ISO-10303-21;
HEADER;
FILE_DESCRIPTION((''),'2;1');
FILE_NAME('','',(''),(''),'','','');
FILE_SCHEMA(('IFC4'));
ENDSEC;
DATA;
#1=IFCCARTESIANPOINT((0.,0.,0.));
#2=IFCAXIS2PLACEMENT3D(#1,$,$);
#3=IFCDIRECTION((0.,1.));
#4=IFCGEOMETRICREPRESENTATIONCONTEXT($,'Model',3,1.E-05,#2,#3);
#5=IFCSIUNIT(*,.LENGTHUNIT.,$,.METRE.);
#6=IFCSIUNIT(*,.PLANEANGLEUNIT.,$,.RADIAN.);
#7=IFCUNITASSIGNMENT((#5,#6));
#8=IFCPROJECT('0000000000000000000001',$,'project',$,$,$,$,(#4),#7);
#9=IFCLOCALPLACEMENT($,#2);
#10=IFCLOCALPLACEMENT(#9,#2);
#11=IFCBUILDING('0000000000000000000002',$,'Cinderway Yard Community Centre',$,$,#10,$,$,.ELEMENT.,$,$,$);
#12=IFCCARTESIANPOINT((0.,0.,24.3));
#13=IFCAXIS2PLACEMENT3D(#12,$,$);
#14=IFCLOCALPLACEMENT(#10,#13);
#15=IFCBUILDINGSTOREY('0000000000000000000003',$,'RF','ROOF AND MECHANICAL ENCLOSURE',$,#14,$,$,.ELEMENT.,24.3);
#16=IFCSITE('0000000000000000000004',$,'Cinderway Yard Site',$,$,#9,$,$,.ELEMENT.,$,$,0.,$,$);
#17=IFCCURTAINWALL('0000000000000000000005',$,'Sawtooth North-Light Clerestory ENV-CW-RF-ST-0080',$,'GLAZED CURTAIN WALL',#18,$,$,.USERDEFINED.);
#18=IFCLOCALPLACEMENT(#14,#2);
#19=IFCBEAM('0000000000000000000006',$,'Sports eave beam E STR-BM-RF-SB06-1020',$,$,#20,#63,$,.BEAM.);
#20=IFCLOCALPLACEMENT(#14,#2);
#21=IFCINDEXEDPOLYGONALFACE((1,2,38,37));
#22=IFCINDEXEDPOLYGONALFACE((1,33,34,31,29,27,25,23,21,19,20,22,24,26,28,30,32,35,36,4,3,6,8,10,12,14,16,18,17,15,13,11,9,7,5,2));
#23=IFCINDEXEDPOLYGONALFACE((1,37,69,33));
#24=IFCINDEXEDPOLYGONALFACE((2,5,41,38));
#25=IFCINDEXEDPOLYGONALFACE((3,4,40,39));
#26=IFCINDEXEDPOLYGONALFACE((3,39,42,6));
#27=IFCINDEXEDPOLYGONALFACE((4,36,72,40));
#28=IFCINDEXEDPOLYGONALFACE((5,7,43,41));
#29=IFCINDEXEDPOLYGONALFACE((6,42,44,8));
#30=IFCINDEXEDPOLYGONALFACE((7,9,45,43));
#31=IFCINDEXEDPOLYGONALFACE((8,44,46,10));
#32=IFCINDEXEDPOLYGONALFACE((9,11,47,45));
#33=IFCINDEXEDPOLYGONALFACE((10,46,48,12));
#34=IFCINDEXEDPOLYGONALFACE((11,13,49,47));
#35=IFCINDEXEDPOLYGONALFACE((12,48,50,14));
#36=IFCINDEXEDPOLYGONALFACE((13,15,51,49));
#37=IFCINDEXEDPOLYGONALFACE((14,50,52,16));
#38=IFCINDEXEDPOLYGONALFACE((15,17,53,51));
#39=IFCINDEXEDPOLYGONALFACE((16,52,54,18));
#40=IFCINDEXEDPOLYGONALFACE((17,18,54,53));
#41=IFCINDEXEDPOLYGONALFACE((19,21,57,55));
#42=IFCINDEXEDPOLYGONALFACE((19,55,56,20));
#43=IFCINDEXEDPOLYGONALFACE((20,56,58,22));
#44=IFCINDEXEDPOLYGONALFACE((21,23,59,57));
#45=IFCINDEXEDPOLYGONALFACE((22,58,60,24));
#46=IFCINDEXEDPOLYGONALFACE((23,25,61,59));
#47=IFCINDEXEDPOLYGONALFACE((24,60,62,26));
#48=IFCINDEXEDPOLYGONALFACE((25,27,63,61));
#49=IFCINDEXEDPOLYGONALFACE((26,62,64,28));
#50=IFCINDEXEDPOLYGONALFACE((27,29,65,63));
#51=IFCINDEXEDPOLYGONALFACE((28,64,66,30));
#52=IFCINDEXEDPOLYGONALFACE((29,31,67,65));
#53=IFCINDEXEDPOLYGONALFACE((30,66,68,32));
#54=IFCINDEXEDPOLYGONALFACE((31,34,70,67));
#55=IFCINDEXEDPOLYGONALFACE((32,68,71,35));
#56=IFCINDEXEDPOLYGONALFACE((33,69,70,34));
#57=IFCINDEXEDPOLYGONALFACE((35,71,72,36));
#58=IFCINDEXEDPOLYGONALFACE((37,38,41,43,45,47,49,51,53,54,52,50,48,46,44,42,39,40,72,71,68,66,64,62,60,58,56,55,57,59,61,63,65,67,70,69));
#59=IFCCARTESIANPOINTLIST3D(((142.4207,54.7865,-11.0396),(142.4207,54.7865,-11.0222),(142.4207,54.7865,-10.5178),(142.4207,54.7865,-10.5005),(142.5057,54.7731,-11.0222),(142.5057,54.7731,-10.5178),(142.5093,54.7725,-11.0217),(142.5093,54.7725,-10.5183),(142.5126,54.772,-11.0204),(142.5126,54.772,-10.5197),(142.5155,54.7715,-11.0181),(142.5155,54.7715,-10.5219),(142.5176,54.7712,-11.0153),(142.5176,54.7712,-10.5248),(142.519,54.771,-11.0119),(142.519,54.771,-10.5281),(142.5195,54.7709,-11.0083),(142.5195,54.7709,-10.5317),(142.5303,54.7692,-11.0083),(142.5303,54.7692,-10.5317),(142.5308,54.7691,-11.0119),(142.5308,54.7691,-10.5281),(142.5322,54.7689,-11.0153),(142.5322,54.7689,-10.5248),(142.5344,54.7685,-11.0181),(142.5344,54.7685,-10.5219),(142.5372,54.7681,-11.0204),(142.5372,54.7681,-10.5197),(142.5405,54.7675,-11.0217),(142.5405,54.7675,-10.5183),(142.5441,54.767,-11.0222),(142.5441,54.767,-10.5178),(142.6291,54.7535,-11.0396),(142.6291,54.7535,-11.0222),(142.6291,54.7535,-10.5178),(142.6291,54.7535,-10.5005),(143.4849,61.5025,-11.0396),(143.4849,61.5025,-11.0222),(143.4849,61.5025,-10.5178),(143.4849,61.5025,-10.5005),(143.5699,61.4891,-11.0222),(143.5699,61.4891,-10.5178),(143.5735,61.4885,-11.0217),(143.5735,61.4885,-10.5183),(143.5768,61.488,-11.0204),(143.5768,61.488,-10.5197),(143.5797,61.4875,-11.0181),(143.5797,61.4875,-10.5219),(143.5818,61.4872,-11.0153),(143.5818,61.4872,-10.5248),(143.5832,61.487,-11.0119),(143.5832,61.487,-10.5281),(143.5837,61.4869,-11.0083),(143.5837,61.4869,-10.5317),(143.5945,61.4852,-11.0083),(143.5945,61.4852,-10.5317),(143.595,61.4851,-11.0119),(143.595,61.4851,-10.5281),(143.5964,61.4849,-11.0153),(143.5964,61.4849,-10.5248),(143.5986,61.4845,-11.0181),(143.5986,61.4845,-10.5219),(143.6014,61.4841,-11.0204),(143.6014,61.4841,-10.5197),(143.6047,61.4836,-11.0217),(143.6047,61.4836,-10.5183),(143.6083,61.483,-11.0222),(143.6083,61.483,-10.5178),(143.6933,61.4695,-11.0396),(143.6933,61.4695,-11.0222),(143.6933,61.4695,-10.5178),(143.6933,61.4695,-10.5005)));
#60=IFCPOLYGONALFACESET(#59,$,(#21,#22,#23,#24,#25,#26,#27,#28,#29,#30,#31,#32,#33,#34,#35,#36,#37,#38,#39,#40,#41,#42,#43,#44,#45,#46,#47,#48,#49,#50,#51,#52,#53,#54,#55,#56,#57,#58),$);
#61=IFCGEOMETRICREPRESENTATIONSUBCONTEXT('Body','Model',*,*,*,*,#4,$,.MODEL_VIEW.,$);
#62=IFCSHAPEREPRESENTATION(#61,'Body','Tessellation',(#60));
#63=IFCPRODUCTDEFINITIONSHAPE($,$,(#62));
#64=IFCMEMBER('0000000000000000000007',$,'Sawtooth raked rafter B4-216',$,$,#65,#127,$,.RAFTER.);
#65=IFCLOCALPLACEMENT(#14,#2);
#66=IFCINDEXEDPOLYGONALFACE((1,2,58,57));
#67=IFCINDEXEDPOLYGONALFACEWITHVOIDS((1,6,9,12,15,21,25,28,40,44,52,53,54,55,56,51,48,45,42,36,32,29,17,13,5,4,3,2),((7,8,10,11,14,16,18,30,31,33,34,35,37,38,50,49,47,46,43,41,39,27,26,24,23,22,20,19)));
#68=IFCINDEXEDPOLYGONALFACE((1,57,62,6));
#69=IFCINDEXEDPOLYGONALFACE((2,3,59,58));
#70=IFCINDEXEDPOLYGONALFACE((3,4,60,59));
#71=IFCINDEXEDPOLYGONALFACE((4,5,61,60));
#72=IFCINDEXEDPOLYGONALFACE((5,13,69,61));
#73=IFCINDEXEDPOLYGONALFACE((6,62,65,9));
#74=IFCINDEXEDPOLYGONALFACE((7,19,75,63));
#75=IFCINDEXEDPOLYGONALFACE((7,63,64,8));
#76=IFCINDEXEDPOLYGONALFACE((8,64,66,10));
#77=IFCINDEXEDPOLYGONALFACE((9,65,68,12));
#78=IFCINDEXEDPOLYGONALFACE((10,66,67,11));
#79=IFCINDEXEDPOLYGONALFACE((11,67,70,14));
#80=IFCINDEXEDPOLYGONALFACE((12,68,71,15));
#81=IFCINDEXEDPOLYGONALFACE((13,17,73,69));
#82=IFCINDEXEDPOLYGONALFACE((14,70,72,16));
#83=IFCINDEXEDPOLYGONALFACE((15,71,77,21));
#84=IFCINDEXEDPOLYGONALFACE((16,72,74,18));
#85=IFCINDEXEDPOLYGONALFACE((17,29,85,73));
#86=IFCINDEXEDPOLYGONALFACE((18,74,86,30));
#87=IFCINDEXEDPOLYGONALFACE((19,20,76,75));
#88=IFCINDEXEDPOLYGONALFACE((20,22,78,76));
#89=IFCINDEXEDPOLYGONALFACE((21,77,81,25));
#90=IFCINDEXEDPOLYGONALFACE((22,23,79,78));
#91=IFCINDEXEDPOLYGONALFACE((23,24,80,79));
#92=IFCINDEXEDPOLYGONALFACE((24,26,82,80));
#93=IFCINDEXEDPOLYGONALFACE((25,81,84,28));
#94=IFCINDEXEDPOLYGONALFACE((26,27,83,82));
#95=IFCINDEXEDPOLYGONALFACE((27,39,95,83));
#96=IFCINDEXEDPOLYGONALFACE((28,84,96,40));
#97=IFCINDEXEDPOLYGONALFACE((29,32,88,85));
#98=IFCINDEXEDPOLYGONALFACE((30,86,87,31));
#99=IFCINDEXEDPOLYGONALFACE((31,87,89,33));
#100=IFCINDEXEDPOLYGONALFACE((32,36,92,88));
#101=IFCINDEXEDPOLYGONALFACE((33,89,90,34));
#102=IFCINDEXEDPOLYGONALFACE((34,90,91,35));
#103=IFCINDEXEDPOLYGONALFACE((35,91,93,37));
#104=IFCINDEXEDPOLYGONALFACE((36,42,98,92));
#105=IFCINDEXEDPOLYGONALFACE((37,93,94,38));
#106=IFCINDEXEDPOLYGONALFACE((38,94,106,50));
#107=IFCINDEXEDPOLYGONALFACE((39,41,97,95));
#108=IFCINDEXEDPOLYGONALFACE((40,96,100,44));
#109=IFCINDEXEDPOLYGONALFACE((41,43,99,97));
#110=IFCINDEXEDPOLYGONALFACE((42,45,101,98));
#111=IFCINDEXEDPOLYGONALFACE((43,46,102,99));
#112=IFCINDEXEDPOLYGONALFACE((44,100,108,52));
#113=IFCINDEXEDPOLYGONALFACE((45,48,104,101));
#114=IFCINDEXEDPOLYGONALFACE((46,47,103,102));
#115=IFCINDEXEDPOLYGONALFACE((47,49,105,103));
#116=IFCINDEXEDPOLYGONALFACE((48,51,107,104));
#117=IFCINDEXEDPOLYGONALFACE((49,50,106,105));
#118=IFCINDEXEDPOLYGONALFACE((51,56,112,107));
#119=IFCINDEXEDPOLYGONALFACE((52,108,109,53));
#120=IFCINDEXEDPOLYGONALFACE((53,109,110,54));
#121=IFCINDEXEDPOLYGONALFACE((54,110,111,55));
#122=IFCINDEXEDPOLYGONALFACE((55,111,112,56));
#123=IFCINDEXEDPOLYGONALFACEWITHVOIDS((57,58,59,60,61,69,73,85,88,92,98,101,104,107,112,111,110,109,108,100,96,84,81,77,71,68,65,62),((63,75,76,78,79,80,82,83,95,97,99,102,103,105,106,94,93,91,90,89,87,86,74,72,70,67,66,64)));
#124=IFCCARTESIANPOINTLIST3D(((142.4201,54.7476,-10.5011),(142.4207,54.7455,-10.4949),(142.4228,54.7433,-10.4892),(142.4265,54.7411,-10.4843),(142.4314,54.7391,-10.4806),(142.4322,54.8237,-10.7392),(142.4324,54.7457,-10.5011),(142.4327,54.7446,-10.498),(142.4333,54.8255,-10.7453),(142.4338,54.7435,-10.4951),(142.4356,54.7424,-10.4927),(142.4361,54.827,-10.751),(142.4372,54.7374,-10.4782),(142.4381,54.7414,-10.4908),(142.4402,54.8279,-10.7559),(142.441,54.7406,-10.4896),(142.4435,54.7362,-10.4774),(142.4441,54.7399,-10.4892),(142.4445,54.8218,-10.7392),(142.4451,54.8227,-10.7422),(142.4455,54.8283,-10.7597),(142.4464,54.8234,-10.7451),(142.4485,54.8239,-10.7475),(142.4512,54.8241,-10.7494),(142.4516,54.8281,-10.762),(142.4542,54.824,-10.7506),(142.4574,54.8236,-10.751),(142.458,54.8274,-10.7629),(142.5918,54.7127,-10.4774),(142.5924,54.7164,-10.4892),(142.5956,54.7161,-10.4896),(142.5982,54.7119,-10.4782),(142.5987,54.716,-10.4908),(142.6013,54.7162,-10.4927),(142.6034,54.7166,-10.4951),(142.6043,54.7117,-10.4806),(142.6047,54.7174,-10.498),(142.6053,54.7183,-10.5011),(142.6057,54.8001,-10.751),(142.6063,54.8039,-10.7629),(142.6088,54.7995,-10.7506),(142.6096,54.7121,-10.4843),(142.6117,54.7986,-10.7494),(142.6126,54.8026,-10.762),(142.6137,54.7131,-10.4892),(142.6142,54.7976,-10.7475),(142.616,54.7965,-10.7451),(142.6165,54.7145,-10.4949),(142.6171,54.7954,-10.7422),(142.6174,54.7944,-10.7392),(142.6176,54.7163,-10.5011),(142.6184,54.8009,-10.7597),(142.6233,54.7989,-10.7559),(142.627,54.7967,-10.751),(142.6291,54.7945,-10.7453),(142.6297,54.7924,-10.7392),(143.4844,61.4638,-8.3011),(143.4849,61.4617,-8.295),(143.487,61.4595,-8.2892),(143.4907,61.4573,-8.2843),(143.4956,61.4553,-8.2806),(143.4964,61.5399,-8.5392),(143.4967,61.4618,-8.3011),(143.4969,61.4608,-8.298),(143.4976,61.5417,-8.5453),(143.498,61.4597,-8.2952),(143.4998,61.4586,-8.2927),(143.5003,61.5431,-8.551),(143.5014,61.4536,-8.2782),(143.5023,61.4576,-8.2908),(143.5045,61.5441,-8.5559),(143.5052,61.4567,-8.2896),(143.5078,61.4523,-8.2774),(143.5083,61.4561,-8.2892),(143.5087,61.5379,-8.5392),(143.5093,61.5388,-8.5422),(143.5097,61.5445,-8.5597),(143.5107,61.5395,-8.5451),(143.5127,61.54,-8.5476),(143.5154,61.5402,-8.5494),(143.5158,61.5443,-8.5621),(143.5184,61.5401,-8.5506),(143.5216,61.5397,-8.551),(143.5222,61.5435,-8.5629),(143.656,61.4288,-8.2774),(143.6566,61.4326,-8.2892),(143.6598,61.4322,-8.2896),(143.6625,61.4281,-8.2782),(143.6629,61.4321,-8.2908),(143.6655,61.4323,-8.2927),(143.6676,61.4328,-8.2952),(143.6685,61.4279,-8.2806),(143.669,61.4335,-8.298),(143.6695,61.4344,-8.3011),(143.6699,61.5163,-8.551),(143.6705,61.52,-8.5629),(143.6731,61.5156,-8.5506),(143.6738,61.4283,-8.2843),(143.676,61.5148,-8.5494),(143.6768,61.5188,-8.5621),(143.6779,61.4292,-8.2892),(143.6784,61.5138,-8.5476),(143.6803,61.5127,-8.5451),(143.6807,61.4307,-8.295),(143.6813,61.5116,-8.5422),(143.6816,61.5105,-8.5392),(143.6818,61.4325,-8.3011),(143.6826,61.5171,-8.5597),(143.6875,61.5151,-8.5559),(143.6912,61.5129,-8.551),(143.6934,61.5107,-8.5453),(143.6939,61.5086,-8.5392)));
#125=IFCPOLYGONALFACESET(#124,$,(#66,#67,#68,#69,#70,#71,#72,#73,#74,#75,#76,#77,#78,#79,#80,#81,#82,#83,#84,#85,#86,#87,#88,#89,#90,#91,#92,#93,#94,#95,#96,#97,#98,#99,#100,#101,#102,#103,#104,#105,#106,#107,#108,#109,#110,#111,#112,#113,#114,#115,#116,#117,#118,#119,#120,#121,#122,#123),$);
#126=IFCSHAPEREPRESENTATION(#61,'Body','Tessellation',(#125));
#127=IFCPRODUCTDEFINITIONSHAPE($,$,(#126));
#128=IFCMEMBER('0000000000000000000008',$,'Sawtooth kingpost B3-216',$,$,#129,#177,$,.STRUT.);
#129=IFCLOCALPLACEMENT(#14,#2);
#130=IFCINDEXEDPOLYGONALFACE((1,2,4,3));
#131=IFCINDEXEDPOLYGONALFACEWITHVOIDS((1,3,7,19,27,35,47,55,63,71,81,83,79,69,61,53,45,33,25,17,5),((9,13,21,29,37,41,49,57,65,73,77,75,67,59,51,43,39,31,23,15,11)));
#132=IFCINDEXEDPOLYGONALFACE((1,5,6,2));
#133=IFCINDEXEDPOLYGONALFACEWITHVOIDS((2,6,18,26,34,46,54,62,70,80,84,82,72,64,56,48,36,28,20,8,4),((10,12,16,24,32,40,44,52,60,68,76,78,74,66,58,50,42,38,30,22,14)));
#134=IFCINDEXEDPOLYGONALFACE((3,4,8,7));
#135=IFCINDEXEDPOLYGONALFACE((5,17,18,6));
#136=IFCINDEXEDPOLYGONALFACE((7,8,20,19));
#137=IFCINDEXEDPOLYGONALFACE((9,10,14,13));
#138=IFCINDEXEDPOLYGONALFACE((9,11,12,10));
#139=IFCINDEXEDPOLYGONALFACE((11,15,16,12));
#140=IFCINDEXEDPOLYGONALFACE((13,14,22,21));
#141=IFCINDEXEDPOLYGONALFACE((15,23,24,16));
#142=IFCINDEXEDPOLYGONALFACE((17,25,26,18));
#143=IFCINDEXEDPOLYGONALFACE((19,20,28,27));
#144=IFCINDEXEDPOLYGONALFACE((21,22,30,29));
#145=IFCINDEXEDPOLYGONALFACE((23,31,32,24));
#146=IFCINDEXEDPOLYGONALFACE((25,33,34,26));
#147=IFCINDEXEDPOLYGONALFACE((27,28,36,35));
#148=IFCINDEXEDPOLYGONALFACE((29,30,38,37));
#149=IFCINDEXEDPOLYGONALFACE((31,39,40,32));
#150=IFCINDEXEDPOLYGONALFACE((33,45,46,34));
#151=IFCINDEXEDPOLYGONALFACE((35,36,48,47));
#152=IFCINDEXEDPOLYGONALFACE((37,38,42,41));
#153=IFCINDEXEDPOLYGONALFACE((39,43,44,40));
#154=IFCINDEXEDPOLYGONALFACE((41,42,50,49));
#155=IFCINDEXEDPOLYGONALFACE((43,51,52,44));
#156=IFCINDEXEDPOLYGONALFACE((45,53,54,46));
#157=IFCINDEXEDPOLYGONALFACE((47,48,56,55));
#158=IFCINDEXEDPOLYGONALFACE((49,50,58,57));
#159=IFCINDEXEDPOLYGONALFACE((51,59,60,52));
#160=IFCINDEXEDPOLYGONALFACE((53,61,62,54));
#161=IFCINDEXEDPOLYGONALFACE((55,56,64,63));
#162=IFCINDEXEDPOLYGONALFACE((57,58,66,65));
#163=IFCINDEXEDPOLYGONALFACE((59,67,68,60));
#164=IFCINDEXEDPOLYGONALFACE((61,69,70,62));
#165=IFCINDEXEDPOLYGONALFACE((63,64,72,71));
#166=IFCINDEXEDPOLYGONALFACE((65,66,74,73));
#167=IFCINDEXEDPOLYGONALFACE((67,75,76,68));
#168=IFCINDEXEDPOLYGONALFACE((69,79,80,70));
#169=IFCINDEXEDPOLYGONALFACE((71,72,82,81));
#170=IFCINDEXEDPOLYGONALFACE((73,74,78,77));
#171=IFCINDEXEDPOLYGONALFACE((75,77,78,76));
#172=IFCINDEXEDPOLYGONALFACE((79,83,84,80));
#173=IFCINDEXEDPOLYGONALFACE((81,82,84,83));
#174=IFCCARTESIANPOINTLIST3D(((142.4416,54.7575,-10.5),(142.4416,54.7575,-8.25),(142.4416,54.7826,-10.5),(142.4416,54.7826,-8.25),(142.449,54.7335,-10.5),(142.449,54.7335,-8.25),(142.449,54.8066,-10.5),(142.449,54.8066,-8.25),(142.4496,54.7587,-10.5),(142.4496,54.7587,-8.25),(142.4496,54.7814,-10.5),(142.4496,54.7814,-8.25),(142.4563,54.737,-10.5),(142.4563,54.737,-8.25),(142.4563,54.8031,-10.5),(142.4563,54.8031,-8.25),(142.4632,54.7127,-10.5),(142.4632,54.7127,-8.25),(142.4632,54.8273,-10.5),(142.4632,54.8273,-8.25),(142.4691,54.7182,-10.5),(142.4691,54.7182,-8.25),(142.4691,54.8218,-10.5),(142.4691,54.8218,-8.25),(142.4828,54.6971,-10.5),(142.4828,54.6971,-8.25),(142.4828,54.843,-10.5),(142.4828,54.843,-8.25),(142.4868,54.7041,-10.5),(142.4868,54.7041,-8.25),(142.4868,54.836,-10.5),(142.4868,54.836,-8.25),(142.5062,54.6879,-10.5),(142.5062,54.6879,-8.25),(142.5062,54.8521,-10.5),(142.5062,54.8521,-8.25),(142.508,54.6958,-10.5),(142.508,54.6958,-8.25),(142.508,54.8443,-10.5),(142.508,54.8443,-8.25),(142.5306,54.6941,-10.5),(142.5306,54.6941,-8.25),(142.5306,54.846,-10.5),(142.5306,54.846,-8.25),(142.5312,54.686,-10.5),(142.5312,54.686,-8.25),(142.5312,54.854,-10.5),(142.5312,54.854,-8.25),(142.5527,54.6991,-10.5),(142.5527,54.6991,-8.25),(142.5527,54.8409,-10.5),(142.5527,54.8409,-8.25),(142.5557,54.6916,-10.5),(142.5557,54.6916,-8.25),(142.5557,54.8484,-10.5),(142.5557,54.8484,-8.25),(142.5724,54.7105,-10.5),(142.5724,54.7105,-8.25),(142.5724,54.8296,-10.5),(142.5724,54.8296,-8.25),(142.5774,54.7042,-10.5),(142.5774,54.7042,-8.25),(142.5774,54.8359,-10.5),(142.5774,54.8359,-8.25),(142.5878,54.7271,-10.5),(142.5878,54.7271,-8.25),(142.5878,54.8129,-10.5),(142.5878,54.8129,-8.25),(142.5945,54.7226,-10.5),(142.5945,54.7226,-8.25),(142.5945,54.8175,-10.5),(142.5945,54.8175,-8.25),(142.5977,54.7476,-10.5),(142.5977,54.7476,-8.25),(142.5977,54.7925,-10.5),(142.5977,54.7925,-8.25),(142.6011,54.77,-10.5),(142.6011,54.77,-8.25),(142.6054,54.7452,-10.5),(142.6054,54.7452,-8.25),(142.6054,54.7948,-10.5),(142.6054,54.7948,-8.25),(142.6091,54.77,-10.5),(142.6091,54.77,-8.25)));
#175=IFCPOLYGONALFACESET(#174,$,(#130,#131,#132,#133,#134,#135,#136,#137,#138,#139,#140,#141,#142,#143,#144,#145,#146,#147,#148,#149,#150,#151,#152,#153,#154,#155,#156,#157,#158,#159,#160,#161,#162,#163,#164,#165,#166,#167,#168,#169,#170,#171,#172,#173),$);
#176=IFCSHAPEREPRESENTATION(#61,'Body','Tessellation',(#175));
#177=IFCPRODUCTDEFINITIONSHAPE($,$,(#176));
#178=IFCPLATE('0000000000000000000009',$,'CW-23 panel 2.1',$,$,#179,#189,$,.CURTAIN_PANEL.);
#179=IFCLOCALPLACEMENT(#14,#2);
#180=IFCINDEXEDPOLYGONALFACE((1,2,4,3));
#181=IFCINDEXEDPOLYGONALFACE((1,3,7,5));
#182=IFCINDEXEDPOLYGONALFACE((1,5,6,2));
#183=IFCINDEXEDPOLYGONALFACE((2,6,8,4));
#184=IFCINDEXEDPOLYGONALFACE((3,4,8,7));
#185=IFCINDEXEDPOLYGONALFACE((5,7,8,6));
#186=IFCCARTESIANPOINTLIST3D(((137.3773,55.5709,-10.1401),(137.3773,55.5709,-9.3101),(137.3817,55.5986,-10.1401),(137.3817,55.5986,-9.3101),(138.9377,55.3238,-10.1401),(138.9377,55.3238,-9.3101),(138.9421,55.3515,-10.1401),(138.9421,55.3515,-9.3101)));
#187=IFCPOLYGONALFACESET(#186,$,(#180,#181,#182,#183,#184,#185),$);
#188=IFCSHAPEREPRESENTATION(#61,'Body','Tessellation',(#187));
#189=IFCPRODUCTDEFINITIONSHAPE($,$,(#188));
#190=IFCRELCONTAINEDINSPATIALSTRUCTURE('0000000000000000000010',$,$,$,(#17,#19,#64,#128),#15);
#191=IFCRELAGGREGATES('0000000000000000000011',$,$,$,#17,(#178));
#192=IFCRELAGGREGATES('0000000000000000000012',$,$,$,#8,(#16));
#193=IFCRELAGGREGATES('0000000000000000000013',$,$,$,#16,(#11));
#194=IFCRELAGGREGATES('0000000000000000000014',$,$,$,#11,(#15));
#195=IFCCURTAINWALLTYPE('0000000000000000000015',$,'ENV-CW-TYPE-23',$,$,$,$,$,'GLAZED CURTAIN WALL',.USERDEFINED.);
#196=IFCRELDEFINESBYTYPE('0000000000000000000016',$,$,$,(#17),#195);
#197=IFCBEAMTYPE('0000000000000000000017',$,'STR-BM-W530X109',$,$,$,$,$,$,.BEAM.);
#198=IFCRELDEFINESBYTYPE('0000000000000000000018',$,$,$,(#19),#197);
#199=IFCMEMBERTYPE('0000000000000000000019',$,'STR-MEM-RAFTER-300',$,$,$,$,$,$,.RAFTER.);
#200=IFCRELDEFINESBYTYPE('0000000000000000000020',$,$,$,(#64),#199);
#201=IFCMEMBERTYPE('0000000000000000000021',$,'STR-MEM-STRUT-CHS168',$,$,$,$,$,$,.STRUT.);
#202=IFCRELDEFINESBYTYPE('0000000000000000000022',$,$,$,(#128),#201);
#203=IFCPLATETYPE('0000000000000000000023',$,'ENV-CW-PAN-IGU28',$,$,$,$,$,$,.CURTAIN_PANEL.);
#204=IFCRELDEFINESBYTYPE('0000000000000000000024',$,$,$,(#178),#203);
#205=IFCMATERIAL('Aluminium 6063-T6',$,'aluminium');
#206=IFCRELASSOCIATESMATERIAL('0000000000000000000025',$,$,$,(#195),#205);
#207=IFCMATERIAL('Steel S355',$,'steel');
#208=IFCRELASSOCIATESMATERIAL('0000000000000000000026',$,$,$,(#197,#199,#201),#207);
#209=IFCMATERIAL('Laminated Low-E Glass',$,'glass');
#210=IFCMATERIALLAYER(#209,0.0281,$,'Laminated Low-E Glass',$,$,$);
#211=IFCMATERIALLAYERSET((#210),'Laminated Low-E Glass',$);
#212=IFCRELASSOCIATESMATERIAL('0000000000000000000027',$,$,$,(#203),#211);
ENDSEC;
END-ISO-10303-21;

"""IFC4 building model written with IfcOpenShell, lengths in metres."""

from ifc_helpers import new_model, si_unit, direction, frame, origin, origin_2d, place, context, subcontext, project, spatial, rectangle, hollow_rectangle, hollow_circle, i_section, extrude, material, layer, layer_set, material_profile, profile_set, type_object, element, aggregate, save


model = new_model("IFC4")

# Units and contexts
model_context = context("Model", 3, precision=1e-05, world=origin(), true_north=direction((0.0, 1.0)))
body_context = subcontext(model_context, "Body", "Model", "MODEL_VIEW")
ifc_project = project(units=[si_unit("LENGTHUNIT", "METRE"), si_unit("PLANEANGLEUNIT", "RADIAN")], contexts=[model_context])

# Site, building, storey
site_placement = place(None, origin())
site = spatial("IfcSite", under=ifc_project, at=site_placement, Name="Cinderway Yard Site", CompositionType="ELEMENT", RefElevation=0.0)
building_placement = place(site_placement, origin())
building = spatial("IfcBuilding", under=site, at=building_placement, Name="Cinderway Yard Community Centre", CompositionType="ELEMENT")
storey_placement = place(building_placement, frame((0.0, 0.0, 24.3)))
storey = spatial("IfcBuildingStorey", under=building, at=storey_placement, Name="RF", Description="ROOF AND MECHANICAL ENCLOSURE", CompositionType="ELEMENT", Elevation=24.3)

# Shared definitions
ifc_material_1 = material(Name="Steel S355", Category="steel")

# Curtain wall
ifc_material_2 = material(Name="Aluminium 6063-T6", Category="aluminium")
curtain_wall_type = type_object("IfcCurtainWallType", Name="ENV-CW-TYPE-23", ElementType="GLAZED CURTAIN WALL", PredefinedType="USERDEFINED", material=ifc_material_2)
curtain_wall_placement = place(storey_placement, origin())
curtain_wall = element("IfcCurtainWall", 1, at=curtain_wall_placement, inside=storey, type_object=curtain_wall_type, Name="Sawtooth North-Light Clerestory ENV-CW-RF-ST-0080", ObjectType="GLAZED CURTAIN WALL", PredefinedType="USERDEFINED")

# Beam
ifc_material_profile_1 = material_profile(ifc_material_1, i_section(OverallWidth=0.2109, OverallDepth=0.5391, WebThickness=0.011, FlangeThickness=0.0173, FilletRadius=0.0139, at=origin_2d()), Name="Steel S355")
ifc_profile_set_1 = profile_set([ifc_material_profile_1], Name="Steel S355")
beam_type = type_object("IfcBeamType", Name="STR-BM-W530X109", PredefinedType="BEAM", material=ifc_profile_set_1)
beam_placement = place(storey_placement, frame((142.5249, 54.77, -10.77), z_axis=(0.156505, 0.987677, 0.0), x_axis=(-0.987677, 0.156505, 0.0)))
element("IfcBeam", 2, at=beam_placement, inside=storey, type_object=beam_type, Name="Sports eave beam E STR-BM-RF-SB06-1020", PredefinedType="BEAM", context=body_context, shape_type="SweptSolid", body=[
    extrude(i_section(OverallWidth=0.2109, OverallDepth=0.5391, WebThickness=0.011, FlangeThickness=0.0173, FilletRadius=0.0139, at=origin_2d()), origin(), (0.0, 0.0, 1.0), 6.7998),
])

# Members
ifc_material_profile_2 = material_profile(ifc_material_1, hollow_rectangle(XDim=0.2, YDim=0.3, WallThickness=0.0125, InnerFilletRadius=0.0125, OuterFilletRadius=0.0249, at=origin_2d()), Name="Steel S355")
ifc_profile_set_2 = profile_set([ifc_material_profile_2], Name="Steel S355")
member_type_1 = type_object("IfcMemberType", Name="STR-MEM-RAFTER-300", PredefinedType="RAFTER", material=ifc_profile_set_2)
member_1_placement = place(storey_placement, frame((142.5249, 54.77, -10.6201), z_axis=(0.148905, 0.93972, 0.30782), x_axis=(-0.987677, 0.156505, 0.0)))
element("IfcMember", 3, at=member_1_placement, inside=storey, type_object=member_type_1, Name="Sawtooth raked rafter B4-216", PredefinedType="RAFTER", context=body_context, shape_type="SweptSolid", body=[
    extrude(hollow_rectangle(XDim=0.2, YDim=0.3, WallThickness=0.0125, InnerFilletRadius=0.0125, OuterFilletRadius=0.0249, at=origin_2d()), origin(), (0.0, 0.0, 1.0), 7.147),
])
ifc_material_profile_3 = material_profile(ifc_material_1, hollow_circle(Radius=0.0842, WallThickness=0.0081, at=origin_2d()), Name="Steel S355")
ifc_profile_set_3 = profile_set([ifc_material_profile_3], Name="Steel S355")
member_type_2 = type_object("IfcMemberType", Name="STR-MEM-STRUT-CHS168", PredefinedType="STRUT", material=ifc_profile_set_3)
member_2_placement = place(storey_placement, frame((142.5249, 54.77, -10.5), z_axis=(0.0, 0.0, 1.0), x_axis=(1.0, 0.0, 0.0)))
element("IfcMember", 4, at=member_2_placement, inside=storey, type_object=member_type_2, Name="Sawtooth kingpost B3-216", PredefinedType="STRUT", context=body_context, shape_type="SweptSolid", body=[
    extrude(hollow_circle(Radius=0.0842, WallThickness=0.0081, at=origin_2d()), origin(), (0.0, 0.0, 1.0), 2.25),
])

# Plate
ifc_material_3 = material(Name="Laminated Low-E Glass", Category="glass")
ifc_layer_1 = layer(ifc_material_3, 0.0281, Name="Laminated Low-E Glass")
ifc_layer_set_1 = layer_set([ifc_layer_1], Name="Laminated Low-E Glass")
plate_type_1 = type_object("IfcPlateType", Name="ENV-CW-PAN-IGU28", PredefinedType="CURTAIN_PANEL", material=ifc_layer_set_1)
plate_1_placement = place(storey_placement, frame((138.1597, 55.4612, -10.1401), z_axis=(0.0, 0.0, 1.0), x_axis=(0.987692, -0.156409, 0.0)))
plate_1 = element("IfcPlate", 5, at=plate_1_placement, type_object=plate_type_1, Name="CW-23 panel 2.1", PredefinedType="CURTAIN_PANEL", context=body_context, shape_type="SweptSolid", body=[
    extrude(rectangle(XDim=1.5798, YDim=0.0281, at=origin_2d()), origin(), (0.0, 0.0, 1.0), 0.8301),
])
aggregate(curtain_wall, [plate_1])

save(model, "model.ifc")
